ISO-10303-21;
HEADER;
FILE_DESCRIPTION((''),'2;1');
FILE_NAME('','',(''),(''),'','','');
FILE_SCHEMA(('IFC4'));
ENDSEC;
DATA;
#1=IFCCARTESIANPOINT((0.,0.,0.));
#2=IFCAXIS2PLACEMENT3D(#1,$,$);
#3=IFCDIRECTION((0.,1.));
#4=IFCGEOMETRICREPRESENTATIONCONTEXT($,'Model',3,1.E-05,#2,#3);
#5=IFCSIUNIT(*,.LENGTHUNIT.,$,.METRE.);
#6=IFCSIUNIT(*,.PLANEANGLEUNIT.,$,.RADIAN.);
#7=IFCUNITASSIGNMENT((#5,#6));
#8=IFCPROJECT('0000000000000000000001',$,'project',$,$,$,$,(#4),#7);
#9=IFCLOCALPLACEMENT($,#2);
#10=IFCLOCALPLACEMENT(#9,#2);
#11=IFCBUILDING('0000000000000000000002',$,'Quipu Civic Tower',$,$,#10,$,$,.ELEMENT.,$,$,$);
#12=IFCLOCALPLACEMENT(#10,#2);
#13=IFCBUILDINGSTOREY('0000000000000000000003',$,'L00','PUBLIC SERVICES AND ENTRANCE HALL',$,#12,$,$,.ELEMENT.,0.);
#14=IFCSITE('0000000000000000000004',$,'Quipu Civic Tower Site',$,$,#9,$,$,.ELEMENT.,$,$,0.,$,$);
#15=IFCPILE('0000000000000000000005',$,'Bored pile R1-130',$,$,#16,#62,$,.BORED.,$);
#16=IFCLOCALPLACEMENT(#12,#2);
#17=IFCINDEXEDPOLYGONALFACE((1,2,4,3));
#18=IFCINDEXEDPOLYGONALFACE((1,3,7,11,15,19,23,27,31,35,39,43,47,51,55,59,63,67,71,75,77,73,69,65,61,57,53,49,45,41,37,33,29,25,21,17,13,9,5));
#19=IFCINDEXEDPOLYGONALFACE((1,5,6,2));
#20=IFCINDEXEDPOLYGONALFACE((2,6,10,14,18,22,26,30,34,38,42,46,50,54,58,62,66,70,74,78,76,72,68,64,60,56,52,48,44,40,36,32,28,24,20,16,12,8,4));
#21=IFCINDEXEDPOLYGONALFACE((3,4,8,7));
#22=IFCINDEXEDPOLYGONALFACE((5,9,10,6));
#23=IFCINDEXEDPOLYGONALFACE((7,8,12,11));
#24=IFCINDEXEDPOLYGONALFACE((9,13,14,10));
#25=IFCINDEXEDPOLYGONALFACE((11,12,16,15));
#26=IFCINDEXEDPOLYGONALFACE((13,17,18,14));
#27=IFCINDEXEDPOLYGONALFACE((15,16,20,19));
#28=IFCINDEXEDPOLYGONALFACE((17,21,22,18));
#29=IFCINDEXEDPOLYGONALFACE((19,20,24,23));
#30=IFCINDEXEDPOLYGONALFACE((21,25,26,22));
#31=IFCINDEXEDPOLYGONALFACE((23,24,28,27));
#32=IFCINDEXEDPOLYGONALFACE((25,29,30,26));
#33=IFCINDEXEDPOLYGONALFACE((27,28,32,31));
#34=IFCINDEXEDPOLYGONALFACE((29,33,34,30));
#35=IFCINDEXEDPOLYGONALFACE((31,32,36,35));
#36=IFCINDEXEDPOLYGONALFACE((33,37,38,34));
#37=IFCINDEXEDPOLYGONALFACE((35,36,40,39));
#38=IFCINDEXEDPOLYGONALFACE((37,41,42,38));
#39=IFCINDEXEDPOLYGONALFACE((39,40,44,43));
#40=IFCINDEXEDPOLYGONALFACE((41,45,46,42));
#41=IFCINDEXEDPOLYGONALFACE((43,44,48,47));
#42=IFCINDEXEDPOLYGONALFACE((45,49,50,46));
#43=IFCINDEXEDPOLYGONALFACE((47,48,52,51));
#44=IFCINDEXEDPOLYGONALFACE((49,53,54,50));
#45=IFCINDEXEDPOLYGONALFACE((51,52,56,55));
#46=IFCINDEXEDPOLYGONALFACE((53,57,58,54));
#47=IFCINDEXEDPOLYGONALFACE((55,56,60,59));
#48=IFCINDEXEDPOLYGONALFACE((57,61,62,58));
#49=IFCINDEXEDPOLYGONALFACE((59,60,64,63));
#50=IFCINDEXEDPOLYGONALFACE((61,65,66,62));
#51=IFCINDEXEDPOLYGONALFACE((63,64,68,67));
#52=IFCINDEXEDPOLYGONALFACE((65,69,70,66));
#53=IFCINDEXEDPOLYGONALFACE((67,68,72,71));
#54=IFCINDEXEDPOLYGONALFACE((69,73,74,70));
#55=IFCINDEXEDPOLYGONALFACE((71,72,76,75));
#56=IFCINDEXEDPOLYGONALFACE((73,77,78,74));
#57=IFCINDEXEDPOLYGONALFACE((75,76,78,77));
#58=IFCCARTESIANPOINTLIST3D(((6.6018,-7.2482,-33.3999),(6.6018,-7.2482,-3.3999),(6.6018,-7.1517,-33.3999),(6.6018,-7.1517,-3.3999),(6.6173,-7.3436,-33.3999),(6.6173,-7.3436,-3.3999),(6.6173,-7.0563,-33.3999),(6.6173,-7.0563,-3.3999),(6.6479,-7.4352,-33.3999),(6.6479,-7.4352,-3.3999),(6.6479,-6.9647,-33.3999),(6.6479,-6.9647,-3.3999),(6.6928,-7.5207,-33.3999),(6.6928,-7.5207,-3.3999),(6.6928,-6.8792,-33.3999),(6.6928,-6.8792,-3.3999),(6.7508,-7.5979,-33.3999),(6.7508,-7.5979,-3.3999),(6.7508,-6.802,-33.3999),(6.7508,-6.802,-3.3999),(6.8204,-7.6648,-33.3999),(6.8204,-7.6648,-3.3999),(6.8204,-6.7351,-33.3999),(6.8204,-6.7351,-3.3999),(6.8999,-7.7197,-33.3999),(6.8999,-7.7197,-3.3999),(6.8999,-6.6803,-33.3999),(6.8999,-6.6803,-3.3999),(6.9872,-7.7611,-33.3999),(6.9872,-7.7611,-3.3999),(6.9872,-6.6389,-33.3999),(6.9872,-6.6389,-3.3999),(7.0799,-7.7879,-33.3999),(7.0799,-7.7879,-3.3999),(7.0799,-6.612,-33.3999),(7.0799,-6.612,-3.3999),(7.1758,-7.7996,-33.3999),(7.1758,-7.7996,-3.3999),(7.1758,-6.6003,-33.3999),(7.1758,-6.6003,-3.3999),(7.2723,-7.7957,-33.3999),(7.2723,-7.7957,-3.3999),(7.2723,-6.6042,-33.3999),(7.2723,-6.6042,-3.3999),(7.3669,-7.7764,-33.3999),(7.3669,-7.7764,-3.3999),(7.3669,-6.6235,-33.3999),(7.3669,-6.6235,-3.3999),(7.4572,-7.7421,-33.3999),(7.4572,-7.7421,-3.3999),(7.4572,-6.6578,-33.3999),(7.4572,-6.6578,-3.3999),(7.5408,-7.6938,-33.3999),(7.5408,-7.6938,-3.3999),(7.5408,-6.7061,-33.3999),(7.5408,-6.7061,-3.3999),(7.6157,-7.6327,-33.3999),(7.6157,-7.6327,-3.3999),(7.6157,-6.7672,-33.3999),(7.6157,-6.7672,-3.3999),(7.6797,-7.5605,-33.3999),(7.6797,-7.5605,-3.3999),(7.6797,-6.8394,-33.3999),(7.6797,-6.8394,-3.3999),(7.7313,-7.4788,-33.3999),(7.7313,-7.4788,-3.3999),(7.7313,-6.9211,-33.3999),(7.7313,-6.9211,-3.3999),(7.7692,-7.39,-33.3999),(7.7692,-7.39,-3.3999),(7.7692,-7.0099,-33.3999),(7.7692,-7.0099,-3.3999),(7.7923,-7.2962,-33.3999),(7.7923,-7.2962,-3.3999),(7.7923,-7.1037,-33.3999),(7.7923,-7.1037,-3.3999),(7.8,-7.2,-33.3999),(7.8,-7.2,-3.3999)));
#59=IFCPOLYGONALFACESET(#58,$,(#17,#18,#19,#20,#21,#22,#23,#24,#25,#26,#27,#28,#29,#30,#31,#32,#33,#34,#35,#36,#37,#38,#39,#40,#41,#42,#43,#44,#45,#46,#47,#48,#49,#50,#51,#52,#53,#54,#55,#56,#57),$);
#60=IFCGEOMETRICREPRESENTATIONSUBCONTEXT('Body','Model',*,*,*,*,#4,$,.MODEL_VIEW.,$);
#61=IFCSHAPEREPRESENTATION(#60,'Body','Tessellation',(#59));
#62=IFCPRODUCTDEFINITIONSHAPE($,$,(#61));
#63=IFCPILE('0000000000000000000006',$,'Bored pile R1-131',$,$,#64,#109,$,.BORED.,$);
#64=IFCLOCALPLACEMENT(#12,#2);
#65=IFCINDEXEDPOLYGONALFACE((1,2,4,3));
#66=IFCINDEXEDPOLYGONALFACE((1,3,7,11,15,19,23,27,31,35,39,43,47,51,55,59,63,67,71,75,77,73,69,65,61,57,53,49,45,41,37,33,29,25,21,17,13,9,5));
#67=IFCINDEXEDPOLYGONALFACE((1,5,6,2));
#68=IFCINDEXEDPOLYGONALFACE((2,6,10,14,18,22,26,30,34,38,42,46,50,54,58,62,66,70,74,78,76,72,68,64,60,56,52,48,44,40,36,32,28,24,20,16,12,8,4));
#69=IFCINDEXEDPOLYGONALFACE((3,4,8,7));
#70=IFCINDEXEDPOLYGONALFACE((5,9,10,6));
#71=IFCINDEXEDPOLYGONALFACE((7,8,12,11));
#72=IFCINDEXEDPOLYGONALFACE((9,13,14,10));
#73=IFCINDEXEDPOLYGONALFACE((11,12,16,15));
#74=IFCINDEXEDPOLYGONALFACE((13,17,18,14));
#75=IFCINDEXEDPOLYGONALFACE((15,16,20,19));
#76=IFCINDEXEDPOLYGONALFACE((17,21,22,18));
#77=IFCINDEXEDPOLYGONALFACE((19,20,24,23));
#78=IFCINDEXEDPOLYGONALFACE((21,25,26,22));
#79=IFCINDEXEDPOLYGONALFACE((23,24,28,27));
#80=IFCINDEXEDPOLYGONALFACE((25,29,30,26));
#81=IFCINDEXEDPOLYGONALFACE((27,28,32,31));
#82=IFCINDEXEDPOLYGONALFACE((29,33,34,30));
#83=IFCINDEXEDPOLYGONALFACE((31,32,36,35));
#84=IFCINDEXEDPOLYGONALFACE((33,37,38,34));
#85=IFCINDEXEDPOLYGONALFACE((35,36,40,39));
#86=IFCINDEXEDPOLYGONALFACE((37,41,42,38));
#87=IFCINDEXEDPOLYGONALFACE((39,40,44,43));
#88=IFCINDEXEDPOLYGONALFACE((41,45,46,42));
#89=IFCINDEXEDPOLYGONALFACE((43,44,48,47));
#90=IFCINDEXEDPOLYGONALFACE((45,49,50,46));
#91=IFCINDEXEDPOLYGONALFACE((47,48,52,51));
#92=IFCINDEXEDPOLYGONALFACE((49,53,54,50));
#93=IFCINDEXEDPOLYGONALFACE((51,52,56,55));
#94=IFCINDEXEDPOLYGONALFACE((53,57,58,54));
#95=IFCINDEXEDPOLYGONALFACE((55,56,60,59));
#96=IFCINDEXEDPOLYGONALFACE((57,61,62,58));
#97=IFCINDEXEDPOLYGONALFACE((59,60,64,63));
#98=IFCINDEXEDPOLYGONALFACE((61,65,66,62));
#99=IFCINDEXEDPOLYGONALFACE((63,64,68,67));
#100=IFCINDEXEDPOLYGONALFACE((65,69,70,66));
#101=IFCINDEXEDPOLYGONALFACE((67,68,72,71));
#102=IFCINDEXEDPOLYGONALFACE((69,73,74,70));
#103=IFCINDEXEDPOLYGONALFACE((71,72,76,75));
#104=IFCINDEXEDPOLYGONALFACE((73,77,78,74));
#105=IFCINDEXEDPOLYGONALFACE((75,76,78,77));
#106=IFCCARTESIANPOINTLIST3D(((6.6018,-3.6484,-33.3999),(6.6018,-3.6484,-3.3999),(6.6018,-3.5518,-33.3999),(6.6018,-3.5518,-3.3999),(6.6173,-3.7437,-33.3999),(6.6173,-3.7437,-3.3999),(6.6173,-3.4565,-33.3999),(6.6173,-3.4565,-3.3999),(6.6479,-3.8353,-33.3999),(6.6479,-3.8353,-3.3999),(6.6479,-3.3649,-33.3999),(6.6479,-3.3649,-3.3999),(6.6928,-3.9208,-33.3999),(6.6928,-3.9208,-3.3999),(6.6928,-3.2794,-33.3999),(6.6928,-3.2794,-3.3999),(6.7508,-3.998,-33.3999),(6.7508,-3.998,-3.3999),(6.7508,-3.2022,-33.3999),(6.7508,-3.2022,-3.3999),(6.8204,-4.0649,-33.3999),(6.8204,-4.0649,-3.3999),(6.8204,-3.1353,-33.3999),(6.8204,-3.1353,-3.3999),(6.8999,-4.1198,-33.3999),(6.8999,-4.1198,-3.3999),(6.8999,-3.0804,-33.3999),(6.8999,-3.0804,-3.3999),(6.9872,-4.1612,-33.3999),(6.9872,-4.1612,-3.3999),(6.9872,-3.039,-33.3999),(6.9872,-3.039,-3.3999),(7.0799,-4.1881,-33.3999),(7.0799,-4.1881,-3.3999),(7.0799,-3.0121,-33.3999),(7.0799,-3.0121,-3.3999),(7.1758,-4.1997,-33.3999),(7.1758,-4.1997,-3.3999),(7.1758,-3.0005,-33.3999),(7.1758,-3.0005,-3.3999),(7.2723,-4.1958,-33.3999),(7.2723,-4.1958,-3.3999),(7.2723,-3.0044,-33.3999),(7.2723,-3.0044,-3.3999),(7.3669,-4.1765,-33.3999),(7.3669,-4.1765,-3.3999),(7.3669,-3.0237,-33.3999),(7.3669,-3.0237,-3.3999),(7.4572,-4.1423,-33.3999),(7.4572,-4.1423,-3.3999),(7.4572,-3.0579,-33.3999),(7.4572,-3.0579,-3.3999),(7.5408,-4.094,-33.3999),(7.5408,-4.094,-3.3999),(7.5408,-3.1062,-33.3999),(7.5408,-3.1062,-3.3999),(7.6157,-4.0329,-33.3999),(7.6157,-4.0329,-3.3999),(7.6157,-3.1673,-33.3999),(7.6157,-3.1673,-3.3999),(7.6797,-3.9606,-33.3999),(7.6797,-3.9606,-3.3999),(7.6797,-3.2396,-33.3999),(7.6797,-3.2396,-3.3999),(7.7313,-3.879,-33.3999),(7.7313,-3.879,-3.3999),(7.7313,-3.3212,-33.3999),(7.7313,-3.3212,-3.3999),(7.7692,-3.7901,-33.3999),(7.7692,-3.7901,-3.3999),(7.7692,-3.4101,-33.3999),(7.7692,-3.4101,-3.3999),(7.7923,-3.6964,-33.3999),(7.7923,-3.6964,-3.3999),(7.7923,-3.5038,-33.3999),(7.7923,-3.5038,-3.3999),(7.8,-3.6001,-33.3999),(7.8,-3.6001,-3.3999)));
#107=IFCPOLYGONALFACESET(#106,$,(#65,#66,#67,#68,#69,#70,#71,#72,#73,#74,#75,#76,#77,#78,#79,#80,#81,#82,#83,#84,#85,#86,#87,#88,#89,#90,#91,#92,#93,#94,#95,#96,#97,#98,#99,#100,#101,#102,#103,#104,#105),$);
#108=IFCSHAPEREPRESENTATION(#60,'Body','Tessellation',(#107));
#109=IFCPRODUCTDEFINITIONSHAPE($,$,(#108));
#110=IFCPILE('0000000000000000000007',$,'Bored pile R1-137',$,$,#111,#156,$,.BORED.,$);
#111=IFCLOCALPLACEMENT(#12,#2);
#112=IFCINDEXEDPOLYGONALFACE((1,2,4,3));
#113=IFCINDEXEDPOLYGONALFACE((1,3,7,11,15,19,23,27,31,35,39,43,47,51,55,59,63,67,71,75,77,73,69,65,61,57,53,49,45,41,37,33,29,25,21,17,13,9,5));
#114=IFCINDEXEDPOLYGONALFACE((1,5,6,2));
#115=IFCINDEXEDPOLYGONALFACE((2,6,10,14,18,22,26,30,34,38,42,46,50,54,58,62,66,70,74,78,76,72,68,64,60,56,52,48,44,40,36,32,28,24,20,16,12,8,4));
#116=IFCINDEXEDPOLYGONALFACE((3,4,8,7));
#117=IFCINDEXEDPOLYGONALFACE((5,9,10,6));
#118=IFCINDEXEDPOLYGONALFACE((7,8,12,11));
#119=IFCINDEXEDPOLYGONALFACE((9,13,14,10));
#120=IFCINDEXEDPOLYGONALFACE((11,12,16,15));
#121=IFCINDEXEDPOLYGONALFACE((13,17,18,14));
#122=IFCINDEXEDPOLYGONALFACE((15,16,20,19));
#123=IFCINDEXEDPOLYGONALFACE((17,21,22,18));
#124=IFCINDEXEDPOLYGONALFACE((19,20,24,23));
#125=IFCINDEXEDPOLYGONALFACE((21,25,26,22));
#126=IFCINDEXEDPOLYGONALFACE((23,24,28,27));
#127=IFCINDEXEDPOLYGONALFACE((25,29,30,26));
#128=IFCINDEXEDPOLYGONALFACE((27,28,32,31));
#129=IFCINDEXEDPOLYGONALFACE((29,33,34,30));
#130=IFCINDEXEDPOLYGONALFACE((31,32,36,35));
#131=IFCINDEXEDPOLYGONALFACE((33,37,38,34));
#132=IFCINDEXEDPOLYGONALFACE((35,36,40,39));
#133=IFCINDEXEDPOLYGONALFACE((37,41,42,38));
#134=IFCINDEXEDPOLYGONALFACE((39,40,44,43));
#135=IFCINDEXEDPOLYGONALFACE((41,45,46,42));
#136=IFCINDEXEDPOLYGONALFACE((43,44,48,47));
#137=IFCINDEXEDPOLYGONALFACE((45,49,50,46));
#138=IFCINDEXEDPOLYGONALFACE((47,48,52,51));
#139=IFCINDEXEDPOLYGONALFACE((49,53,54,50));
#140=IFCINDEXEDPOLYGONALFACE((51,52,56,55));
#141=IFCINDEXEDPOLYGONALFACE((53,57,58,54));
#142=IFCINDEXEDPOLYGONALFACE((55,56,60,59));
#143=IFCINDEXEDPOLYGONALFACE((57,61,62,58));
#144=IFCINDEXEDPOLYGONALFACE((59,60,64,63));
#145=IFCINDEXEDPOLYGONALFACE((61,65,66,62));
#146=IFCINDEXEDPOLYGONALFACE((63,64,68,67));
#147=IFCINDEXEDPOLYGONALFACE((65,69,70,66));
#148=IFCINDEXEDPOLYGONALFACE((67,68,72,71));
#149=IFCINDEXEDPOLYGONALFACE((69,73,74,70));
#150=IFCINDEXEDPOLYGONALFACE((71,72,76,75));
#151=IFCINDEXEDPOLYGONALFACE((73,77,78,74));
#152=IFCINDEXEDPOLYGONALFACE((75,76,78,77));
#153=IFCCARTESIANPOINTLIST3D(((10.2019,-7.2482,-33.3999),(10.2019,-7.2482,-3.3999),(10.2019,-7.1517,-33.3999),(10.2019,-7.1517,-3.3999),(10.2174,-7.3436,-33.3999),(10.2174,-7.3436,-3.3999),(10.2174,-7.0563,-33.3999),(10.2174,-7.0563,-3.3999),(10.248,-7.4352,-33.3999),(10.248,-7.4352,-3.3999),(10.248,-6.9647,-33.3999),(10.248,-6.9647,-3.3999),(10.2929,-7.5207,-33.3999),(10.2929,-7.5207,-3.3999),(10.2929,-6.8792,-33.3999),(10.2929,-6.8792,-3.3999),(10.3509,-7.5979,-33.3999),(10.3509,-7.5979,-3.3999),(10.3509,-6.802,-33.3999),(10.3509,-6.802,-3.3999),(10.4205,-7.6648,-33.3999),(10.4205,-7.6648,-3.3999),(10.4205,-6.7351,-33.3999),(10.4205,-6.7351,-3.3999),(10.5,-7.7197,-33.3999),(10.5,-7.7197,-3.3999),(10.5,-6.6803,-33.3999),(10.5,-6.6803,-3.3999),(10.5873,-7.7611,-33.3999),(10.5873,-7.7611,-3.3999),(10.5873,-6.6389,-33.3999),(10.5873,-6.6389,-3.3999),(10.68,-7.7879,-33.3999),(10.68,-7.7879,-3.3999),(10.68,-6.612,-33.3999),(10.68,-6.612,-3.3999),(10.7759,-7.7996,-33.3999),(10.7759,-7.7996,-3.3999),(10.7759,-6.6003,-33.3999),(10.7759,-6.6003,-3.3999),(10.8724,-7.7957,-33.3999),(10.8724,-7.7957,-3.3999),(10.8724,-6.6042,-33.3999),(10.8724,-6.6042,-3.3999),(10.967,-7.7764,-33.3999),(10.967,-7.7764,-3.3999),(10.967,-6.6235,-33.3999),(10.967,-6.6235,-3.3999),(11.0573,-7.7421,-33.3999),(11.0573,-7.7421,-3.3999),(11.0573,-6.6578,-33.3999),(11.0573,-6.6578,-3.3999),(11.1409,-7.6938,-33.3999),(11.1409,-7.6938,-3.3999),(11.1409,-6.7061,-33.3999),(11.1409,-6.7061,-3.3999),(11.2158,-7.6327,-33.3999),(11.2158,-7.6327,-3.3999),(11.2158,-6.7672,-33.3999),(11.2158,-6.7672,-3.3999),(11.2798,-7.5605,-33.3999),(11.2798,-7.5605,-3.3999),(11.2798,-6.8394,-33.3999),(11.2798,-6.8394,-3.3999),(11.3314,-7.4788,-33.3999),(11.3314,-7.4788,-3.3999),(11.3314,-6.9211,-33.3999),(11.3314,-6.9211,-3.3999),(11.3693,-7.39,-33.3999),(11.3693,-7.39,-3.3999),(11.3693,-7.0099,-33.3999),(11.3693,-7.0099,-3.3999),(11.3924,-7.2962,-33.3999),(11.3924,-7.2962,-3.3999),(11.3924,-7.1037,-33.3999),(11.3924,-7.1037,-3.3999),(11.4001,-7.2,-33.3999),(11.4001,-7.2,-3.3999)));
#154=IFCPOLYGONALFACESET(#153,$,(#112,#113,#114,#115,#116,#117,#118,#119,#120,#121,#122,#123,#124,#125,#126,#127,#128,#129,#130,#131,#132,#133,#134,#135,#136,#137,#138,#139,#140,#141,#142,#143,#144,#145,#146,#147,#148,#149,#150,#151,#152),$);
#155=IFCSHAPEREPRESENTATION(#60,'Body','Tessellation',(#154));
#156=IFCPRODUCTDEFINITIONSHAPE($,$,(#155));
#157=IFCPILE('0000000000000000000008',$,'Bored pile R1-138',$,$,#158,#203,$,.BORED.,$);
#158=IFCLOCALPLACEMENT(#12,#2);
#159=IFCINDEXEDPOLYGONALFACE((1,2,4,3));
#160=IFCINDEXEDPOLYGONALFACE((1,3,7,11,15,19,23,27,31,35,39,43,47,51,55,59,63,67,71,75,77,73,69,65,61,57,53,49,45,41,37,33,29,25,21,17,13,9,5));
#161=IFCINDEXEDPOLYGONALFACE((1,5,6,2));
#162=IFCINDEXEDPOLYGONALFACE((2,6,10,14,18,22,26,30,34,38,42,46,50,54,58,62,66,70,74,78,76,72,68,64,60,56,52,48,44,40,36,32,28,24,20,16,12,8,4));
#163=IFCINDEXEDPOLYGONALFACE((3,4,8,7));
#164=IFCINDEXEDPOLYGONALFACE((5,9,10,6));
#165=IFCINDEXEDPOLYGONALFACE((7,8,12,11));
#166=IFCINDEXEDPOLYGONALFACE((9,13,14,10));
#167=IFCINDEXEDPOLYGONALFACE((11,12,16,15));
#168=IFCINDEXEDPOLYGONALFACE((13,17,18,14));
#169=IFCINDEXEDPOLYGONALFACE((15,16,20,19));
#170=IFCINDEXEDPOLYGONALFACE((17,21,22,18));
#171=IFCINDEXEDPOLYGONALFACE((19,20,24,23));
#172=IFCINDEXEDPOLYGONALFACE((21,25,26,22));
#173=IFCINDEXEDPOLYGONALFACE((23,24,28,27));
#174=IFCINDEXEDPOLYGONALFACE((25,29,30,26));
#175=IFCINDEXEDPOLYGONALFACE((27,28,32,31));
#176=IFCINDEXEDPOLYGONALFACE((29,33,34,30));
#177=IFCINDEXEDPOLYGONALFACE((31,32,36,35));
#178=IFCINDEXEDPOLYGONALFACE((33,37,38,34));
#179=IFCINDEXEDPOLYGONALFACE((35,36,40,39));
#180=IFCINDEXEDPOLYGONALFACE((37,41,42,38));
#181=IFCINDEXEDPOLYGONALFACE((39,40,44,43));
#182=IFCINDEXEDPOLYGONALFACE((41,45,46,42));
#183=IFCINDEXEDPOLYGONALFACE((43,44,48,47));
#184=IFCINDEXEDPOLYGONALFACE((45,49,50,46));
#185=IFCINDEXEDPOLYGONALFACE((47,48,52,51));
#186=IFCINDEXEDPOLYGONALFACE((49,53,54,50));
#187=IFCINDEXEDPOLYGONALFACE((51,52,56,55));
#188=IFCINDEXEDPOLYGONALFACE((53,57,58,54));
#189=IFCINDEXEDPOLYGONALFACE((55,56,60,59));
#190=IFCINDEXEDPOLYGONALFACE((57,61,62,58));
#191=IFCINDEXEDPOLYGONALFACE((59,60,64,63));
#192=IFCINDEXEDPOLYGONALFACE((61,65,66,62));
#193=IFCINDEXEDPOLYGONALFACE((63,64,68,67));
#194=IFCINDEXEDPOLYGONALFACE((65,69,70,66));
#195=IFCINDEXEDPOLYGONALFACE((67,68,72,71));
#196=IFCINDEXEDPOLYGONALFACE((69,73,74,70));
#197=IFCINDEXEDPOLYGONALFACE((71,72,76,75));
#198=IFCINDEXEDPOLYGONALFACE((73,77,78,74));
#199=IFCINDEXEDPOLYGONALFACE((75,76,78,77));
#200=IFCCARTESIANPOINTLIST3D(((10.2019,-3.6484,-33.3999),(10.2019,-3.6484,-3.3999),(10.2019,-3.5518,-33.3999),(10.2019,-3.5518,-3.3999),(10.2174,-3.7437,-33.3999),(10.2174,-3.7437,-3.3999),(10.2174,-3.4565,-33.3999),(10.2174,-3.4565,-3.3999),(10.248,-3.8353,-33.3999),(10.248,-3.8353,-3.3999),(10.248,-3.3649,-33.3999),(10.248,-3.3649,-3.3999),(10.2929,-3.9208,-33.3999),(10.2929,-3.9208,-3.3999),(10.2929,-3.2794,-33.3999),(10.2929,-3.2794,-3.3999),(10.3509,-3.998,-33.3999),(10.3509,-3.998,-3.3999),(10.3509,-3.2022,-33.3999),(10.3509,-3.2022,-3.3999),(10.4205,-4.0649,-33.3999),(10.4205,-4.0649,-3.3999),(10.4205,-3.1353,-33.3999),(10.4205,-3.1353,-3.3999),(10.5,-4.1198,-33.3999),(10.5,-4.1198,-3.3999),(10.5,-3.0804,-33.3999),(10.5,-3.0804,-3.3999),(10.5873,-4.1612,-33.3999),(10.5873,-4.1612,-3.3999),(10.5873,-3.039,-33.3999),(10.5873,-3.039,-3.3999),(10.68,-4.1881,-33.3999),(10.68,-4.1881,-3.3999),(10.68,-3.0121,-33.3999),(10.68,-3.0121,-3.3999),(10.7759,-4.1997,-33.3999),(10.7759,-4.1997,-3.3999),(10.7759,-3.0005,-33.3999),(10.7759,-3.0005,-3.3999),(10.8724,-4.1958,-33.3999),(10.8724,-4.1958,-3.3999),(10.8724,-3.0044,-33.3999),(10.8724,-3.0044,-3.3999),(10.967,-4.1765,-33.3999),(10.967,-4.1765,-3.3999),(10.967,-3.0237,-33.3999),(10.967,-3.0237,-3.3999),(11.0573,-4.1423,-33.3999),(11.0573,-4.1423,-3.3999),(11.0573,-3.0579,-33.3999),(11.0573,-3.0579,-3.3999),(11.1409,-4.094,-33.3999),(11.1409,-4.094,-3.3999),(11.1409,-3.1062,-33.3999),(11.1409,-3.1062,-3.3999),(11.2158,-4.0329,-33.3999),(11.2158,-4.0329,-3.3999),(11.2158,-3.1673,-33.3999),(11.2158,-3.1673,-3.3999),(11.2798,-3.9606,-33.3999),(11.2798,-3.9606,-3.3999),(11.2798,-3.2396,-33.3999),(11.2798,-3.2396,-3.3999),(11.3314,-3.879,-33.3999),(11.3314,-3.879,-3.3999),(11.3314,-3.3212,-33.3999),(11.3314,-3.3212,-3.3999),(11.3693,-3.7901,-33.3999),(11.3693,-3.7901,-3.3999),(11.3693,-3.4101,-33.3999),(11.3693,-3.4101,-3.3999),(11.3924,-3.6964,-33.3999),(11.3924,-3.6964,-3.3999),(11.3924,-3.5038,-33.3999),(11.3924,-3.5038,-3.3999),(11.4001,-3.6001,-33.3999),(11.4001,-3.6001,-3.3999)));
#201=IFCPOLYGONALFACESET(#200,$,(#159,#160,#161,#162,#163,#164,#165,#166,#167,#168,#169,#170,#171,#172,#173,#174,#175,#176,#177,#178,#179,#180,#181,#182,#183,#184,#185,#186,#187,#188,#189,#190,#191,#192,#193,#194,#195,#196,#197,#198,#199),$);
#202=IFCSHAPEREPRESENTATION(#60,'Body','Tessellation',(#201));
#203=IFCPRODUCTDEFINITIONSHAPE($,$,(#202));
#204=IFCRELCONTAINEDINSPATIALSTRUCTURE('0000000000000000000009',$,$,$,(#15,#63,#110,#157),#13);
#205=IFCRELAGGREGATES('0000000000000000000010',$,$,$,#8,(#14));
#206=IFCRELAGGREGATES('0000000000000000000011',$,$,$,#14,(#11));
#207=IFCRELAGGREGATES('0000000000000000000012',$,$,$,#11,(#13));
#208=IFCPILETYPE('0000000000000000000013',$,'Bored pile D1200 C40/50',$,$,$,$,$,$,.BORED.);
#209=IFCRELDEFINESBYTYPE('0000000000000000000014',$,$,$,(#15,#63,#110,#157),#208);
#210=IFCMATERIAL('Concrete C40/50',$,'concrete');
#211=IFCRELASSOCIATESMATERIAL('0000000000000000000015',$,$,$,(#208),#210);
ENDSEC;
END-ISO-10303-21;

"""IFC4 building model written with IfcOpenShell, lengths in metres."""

from ifc_helpers import new_model, si_unit, direction, frame, origin, origin_2d, place, context, subcontext, project, spatial, circle, extrude, material, material_profile, profile_set, type_object, element, save


model = new_model("IFC4")

# Units and contexts
model_context = context("Model", 3, precision=1e-05, world=origin(), true_north=direction((0.0, 1.0)))
body_context = subcontext(model_context, "Body", "Model", "MODEL_VIEW")
ifc_project = project(units=[si_unit("LENGTHUNIT", "METRE"), si_unit("PLANEANGLEUNIT", "RADIAN")], contexts=[model_context])

# Site, building, storey
site_placement = place(None, origin())
site = spatial("IfcSite", under=ifc_project, at=site_placement, Name="Quipu Civic Tower Site", CompositionType="ELEMENT", RefElevation=0.0)
building_placement = place(site_placement, origin())
building = spatial("IfcBuilding", under=site, at=building_placement, Name="Quipu Civic Tower", CompositionType="ELEMENT")
storey_placement = place(building_placement, origin())
storey = spatial("IfcBuildingStorey", under=building, at=storey_placement, Name="L00", Description="PUBLIC SERVICES AND ENTRANCE HALL", CompositionType="ELEMENT", Elevation=0.0)

# Piles
ifc_material_1 = material(Name="Concrete C40/50", Category="concrete")
ifc_material_profile = material_profile(ifc_material_1, circle(Radius=0.6001, at=origin_2d()), Name="RCD1200")
ifc_profile_set = profile_set([ifc_material_profile], Name="Concrete C40/50")
pile_type = type_object("IfcPileType", Name="Bored pile D1200 C40/50", PredefinedType="BORED", material=ifc_profile_set)
for number, where, z_axis, x_axis, name in (
    (1, (7.2, -7.2, -3.3999), (0.0, 0.0, -1.0), (1.0, 0.0, 0.0), "Bored pile R1-130"),
    (2, (7.2, -3.6001, -3.3999), (0.0, 0.0, -1.0), (1.0, 0.0, 0.0), "Bored pile R1-131"),
    (3, (10.8, -7.2, -3.3999), (0.0, 0.0, -1.0), (1.0, 0.0, 0.0), "Bored pile R1-137"),
    (4, (10.8, -3.6001, -3.3999), (0.0, 0.0, -1.0), (1.0, 0.0, 0.0), "Bored pile R1-138"),
):
    element("IfcPile", number, at=place(storey_placement, frame(where, z_axis=z_axis, x_axis=x_axis)), inside=storey, type_object=pile_type, Name=name, PredefinedType="BORED", context=body_context, shape_type="SweptSolid", body=[
        extrude(circle(Radius=0.6001, at=origin_2d()), origin(), (0.0, 0.0, 1.0), 30.0),
    ])

save(model, "model.ifc")
